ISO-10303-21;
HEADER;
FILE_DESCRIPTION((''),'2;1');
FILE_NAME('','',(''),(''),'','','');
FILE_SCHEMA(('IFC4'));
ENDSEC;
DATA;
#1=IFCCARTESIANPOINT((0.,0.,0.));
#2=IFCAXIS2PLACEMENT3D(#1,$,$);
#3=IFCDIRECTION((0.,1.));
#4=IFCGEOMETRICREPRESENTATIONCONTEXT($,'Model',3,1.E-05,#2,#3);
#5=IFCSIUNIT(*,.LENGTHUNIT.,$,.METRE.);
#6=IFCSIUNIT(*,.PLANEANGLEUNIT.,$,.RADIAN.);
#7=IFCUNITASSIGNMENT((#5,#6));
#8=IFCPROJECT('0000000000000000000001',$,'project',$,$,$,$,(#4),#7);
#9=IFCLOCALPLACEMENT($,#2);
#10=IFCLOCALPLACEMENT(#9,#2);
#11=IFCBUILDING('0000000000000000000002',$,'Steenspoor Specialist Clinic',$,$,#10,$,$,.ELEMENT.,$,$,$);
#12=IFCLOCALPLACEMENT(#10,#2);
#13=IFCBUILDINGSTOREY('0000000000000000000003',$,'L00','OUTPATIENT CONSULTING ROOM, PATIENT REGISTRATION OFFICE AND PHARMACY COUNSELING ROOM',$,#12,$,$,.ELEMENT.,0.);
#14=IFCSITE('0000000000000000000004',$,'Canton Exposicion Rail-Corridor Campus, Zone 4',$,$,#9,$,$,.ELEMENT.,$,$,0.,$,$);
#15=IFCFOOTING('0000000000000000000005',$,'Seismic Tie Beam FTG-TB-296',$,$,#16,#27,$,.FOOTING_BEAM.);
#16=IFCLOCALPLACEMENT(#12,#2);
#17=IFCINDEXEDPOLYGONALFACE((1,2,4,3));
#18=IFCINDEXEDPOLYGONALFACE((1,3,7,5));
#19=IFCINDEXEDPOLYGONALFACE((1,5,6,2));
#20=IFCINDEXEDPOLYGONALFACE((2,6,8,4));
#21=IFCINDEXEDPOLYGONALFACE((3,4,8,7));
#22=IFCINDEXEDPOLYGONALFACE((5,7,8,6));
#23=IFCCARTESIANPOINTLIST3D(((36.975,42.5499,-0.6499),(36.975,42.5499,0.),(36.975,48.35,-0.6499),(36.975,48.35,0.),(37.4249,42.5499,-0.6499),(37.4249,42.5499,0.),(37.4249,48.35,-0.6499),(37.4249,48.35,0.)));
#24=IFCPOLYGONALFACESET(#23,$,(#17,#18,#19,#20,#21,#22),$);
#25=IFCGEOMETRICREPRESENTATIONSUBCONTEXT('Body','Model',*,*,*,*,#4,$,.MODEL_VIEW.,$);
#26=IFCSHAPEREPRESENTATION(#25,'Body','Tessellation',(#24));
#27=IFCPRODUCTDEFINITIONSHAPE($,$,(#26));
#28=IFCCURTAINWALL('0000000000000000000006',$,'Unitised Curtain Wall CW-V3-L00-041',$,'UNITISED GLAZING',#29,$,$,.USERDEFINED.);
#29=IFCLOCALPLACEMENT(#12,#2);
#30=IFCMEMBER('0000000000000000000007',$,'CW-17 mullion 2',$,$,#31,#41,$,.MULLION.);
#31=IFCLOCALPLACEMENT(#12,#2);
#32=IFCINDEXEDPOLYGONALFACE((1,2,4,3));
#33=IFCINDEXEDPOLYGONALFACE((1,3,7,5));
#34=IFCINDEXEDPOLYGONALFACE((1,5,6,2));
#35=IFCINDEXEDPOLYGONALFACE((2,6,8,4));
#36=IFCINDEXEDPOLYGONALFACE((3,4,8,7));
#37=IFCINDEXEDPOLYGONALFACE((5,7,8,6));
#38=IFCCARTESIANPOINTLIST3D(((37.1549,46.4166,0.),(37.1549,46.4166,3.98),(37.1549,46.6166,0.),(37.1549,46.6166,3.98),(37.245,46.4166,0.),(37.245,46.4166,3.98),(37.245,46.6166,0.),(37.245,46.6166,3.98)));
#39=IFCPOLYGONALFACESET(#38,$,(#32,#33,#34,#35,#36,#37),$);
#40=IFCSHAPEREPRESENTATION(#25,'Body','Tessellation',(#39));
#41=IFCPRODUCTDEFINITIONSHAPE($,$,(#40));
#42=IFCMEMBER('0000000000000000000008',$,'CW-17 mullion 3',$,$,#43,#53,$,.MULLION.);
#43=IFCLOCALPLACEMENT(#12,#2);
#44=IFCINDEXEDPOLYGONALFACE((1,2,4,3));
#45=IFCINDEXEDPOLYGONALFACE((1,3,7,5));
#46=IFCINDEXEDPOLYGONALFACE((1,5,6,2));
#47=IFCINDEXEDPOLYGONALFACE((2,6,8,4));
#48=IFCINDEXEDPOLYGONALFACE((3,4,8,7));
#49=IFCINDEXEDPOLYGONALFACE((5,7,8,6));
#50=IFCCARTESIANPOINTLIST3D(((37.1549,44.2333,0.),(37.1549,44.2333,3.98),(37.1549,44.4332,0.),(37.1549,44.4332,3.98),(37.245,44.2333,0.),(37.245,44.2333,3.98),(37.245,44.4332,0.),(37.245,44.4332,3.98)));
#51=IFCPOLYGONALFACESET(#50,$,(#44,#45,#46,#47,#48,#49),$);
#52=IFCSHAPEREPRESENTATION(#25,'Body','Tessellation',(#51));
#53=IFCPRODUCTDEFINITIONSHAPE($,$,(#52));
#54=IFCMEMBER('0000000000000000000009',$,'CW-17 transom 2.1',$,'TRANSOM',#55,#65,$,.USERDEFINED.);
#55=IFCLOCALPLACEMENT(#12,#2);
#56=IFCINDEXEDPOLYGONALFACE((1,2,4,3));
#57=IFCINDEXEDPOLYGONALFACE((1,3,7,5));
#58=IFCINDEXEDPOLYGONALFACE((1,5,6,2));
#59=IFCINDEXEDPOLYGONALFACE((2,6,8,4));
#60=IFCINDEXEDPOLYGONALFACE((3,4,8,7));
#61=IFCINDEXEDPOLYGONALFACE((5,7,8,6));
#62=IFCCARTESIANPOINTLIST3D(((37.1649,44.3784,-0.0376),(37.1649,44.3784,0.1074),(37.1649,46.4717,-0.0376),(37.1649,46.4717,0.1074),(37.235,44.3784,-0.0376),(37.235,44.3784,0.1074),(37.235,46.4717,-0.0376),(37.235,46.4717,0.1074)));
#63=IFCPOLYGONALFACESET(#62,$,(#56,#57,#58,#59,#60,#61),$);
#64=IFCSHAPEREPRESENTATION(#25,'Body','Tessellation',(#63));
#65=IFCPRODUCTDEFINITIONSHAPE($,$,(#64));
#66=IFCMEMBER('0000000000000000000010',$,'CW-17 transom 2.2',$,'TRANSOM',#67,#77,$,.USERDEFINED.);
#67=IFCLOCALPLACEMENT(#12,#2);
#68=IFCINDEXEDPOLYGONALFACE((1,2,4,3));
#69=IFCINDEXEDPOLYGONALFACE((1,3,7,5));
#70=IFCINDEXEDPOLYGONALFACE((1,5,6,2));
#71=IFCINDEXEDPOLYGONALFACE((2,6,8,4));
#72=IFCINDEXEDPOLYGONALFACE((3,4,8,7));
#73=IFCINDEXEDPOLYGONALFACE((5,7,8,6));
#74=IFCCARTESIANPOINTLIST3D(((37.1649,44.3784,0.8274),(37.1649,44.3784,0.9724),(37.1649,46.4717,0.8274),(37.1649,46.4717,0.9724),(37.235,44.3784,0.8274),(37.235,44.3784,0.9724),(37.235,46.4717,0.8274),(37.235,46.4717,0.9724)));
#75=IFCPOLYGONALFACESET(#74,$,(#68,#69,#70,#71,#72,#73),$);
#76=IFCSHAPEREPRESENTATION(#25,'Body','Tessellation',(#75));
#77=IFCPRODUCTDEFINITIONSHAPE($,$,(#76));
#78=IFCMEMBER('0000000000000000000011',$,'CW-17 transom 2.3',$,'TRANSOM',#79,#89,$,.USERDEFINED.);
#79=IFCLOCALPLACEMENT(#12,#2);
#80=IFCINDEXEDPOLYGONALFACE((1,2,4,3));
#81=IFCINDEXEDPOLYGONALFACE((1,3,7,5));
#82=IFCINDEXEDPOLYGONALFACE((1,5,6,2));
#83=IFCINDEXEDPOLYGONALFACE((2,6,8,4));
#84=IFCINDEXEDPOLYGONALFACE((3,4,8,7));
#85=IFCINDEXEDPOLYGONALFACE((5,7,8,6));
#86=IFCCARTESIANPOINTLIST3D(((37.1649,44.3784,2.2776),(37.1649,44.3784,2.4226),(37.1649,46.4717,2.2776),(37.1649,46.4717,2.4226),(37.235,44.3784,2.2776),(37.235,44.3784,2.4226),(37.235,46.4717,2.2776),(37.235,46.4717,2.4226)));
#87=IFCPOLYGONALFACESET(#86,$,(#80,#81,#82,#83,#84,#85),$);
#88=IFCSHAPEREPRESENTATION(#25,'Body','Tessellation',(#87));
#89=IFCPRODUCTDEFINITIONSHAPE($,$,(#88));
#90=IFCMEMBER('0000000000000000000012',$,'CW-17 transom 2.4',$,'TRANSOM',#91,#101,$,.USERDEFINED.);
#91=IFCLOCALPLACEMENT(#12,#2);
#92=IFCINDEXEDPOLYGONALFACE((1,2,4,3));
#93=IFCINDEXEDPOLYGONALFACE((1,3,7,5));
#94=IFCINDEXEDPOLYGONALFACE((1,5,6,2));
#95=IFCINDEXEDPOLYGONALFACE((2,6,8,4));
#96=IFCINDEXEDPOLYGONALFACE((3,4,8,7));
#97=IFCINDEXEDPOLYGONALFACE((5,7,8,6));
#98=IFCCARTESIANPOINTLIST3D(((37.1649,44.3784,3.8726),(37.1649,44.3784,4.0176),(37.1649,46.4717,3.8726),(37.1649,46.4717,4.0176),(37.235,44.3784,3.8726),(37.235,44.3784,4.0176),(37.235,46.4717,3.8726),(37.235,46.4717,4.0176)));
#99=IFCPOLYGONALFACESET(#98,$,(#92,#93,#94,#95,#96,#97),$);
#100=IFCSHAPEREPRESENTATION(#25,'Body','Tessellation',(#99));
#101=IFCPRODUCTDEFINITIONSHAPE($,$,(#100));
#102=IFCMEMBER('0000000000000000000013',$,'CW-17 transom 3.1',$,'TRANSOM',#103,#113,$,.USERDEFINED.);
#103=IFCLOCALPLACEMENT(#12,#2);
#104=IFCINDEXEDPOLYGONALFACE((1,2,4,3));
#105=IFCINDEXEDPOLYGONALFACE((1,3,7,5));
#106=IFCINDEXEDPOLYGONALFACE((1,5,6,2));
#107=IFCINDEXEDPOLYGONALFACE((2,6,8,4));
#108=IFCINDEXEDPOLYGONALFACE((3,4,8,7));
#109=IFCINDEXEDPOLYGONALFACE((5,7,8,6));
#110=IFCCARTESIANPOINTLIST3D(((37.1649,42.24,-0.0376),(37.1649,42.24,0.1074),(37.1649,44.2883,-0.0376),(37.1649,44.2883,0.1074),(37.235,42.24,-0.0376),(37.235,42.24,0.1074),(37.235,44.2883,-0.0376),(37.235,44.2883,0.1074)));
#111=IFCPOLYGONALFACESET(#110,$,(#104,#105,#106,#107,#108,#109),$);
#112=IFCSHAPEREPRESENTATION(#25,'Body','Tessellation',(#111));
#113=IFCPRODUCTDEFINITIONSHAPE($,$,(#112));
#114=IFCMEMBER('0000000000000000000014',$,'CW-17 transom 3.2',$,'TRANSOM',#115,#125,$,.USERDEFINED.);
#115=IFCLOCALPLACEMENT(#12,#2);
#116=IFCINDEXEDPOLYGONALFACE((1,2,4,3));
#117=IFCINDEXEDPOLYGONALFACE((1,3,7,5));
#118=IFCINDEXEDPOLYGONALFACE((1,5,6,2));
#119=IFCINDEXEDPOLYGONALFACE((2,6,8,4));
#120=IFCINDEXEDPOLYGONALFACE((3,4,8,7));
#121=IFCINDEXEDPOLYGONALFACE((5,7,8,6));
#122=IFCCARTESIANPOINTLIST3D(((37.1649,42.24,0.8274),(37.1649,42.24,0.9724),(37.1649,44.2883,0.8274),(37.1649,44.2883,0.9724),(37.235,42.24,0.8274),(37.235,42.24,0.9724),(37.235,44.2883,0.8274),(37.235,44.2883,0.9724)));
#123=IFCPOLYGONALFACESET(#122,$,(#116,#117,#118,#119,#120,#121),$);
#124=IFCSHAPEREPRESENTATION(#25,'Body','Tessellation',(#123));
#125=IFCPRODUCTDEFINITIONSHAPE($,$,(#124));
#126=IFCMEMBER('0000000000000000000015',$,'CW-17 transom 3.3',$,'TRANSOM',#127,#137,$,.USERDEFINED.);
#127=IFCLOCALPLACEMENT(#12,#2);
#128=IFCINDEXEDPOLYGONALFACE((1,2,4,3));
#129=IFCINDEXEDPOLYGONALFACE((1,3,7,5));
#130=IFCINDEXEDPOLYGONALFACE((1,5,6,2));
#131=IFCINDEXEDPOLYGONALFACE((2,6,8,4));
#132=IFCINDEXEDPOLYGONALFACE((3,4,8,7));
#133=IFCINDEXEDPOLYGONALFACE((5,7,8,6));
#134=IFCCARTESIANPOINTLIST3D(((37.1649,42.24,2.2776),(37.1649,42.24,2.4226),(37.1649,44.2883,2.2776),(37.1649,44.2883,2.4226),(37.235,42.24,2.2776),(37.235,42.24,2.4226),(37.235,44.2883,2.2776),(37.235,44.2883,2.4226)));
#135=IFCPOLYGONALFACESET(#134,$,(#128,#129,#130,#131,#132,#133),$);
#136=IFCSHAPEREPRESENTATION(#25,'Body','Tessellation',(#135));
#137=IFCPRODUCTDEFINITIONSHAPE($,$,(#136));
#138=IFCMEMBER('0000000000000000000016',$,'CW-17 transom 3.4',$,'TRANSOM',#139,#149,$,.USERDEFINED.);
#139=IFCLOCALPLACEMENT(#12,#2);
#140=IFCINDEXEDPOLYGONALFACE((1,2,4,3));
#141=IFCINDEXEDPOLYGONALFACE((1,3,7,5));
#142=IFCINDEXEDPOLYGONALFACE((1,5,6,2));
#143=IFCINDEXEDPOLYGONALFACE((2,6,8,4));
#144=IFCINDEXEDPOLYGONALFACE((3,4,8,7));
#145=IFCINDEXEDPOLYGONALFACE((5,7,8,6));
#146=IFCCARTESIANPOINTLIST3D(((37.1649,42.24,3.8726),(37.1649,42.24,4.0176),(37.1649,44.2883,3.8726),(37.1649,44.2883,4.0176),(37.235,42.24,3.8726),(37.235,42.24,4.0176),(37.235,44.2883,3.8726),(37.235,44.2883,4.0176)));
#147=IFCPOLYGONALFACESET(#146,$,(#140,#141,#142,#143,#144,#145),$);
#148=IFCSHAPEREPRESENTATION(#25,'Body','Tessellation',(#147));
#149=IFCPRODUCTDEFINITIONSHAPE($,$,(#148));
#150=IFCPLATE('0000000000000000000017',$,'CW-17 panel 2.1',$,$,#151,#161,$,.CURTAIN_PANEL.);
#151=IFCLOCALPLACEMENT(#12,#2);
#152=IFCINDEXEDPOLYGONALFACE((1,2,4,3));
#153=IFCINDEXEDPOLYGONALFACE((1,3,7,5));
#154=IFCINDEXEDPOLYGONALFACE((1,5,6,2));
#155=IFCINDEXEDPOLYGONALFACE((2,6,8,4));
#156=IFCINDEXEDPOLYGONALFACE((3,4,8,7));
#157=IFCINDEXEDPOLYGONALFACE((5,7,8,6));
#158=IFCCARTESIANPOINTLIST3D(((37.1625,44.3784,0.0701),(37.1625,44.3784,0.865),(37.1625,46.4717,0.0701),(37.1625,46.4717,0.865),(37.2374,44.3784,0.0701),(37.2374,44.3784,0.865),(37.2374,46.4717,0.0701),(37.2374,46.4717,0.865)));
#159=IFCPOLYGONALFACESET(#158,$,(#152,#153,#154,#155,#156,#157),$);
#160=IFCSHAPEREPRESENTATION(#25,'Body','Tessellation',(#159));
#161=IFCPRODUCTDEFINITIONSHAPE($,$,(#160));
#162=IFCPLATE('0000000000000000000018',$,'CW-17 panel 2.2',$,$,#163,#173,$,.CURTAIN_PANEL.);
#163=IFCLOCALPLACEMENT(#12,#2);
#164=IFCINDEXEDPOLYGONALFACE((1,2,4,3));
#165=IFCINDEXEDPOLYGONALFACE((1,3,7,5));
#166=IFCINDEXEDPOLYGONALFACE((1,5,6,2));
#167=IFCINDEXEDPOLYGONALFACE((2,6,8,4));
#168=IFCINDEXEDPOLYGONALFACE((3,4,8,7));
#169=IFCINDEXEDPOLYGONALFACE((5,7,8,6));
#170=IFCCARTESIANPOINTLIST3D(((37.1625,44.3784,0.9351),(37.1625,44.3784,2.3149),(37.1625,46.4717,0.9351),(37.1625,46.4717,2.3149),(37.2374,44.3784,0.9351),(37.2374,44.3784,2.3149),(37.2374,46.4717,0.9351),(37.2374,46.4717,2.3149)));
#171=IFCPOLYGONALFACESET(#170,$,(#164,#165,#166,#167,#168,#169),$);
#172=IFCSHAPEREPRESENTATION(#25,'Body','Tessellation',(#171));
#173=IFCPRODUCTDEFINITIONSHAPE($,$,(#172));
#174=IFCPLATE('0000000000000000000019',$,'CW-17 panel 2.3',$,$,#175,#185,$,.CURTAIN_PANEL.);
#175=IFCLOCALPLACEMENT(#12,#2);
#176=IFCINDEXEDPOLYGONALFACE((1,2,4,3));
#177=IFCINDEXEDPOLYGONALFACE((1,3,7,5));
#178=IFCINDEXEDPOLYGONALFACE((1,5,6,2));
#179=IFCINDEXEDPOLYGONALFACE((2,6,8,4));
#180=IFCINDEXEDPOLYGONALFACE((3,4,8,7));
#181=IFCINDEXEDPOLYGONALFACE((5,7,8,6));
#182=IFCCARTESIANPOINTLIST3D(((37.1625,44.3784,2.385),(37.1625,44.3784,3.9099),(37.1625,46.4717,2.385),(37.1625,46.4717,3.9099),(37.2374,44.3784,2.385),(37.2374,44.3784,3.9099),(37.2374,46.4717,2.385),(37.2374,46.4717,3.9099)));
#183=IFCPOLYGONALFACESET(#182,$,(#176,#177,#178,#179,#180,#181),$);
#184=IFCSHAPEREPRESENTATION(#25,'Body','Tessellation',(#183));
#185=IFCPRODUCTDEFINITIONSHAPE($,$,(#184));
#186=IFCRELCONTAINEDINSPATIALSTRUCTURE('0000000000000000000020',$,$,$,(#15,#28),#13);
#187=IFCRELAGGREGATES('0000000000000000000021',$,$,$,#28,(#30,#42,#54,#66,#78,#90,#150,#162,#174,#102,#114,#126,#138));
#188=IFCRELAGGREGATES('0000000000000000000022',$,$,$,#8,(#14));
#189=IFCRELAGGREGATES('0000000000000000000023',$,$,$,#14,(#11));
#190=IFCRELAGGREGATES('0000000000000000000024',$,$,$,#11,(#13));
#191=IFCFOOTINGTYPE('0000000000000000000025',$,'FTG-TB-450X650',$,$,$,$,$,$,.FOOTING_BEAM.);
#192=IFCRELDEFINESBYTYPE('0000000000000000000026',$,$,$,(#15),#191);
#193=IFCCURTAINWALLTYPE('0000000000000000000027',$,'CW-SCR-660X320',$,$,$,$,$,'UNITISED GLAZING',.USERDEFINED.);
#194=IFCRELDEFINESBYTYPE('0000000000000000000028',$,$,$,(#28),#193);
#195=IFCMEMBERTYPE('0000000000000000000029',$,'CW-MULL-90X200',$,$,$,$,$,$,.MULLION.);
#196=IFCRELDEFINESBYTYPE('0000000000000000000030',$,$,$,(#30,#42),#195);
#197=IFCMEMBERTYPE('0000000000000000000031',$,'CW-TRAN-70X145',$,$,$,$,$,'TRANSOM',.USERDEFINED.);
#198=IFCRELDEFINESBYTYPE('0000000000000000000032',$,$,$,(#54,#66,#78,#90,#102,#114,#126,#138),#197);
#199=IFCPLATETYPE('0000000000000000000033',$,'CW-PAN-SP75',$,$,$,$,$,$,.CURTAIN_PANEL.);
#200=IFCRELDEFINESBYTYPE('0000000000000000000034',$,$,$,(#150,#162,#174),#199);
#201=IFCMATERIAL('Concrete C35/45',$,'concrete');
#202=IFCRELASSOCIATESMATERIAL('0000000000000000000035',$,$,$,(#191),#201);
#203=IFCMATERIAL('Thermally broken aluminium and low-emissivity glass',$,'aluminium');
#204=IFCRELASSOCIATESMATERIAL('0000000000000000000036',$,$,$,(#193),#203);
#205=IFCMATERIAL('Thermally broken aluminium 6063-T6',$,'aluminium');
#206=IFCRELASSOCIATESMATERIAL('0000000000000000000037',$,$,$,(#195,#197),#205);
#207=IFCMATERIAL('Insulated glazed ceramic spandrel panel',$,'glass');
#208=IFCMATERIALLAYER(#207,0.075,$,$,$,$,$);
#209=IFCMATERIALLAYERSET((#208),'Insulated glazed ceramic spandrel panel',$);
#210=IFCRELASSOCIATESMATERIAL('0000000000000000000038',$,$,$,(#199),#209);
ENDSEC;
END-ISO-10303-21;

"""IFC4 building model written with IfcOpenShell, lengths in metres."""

from ifc_helpers import new_model, si_unit, direction, frame, origin, origin_2d, place, context, subcontext, project, spatial, rectangle, extrude, material, layer, layer_set, material_profile, profile_set, type_object, element, aggregate, save


model = new_model("IFC4")

# Units and contexts
model_context = context("Model", 3, precision=1e-05, world=origin(), true_north=direction((0.0, 1.0)))
body_context = subcontext(model_context, "Body", "Model", "MODEL_VIEW")
ifc_project = project(units=[si_unit("LENGTHUNIT", "METRE"), si_unit("PLANEANGLEUNIT", "RADIAN")], contexts=[model_context])

# Site, building, storey
site_placement = place(None, origin())
site = spatial("IfcSite", under=ifc_project, at=site_placement, Name="Canton Exposicion Rail-Corridor Campus, Zone 4", CompositionType="ELEMENT", RefElevation=0.0)
building_placement = place(site_placement, origin())
building = spatial("IfcBuilding", under=site, at=building_placement, Name="Steenspoor Specialist Clinic", CompositionType="ELEMENT")
storey_placement = place(building_placement, origin())
storey = spatial("IfcBuildingStorey", under=building, at=storey_placement, Name="L00", Description="OUTPATIENT CONSULTING ROOM, PATIENT REGISTRATION OFFICE AND PHARMACY COUNSELING ROOM", CompositionType="ELEMENT", Elevation=0.0)

# Footing
ifc_material_1 = material(Name="Concrete C35/45", Category="concrete")
footing_type = type_object("IfcFootingType", Name="FTG-TB-450X650", PredefinedType="FOOTING_BEAM", material=ifc_material_1)
footing_placement = place(storey_placement, frame((37.2, 45.45, -0.6499), z_axis=(0.0, 0.0, 1.0), x_axis=(1.0, 0.0, 0.0)))
element("IfcFooting", 1, at=footing_placement, inside=storey, type_object=footing_type, Name="Seismic Tie Beam FTG-TB-296", PredefinedType="FOOTING_BEAM", context=body_context, shape_type="SweptSolid", body=[
    extrude(rectangle(XDim=0.45, YDim=5.8, at=origin_2d()), origin(), (0.0, 0.0, 1.0), 0.6499),
])

# Curtain wall, members, plates
ifc_material_2 = material(Name="Thermally broken aluminium and low-emissivity glass", Category="aluminium")
curtain_wall_type = type_object("IfcCurtainWallType", Name="CW-SCR-660X320", ElementType="UNITISED GLAZING", PredefinedType="USERDEFINED", material=ifc_material_2)
curtain_wall_placement = place(storey_placement, origin())
curtain_wall = element("IfcCurtainWall", 2, at=curtain_wall_placement, inside=storey, type_object=curtain_wall_type, Name="Unitised Curtain Wall CW-V3-L00-041", ObjectType="UNITISED GLAZING", PredefinedType="USERDEFINED")
ifc_material_3 = material(Name="Thermally broken aluminium 6063-T6", Category="aluminium")
ifc_material_profile_1 = material_profile(ifc_material_3, rectangle(XDim=0.0901, YDim=0.2, at=origin_2d()), Name="CWM-90X200")
ifc_profile_set_1 = profile_set([ifc_material_profile_1], Name="Thermally broken aluminium 6063-T6")
member_type_1 = type_object("IfcMemberType", Name="CW-MULL-90X200", PredefinedType="MULLION", material=ifc_profile_set_1)
member_1_placement = place(storey_placement, frame((37.2, 46.5166, 0.0), z_axis=(0.0, 0.0, 1.0), x_axis=(1.0, 0.0, 0.0)))
member_1 = element("IfcMember", 3, at=member_1_placement, type_object=member_type_1, Name="CW-17 mullion 2", PredefinedType="MULLION", context=body_context, shape_type="SweptSolid", body=[
    extrude(rectangle(XDim=0.0901, YDim=0.2, at=origin_2d()), origin(), (0.0, 0.0, 1.0), 3.98),
])
member_2_placement = place(storey_placement, frame((37.2, 44.3333, 0.0), z_axis=(0.0, 0.0, 1.0), x_axis=(1.0, 0.0, 0.0)))
member_2 = element("IfcMember", 4, at=member_2_placement, type_object=member_type_1, Name="CW-17 mullion 3", PredefinedType="MULLION", context=body_context, shape_type="SweptSolid", body=[
    extrude(rectangle(XDim=0.0901, YDim=0.2, at=origin_2d()), origin(), (0.0, 0.0, 1.0), 3.98),
])
ifc_material_profile_2 = material_profile(ifc_material_3, rectangle(XDim=0.0701, YDim=0.145, at=origin_2d()), Name="CWT-70X145")
ifc_profile_set_2 = profile_set([ifc_material_profile_2], Name="Thermally broken aluminium 6063-T6")
member_type_2 = type_object("IfcMemberType", Name="CW-TRAN-70X145", ElementType="TRANSOM", PredefinedType="USERDEFINED", material=ifc_profile_set_2)
member_3_placement = place(storey_placement, frame((37.2, 46.4717, 0.0349), z_axis=(0.0, -1.0, 0.0), x_axis=(1.0, 0.0, 0.0)))
member_3 = element("IfcMember", 5, at=member_3_placement, type_object=member_type_2, Name="CW-17 transom 2.1", ObjectType="TRANSOM", PredefinedType="USERDEFINED", context=body_context, shape_type="SweptSolid", body=[
    extrude(rectangle(XDim=0.0701, YDim=0.145, at=origin_2d()), origin(), (0.0, 0.0, 1.0), 2.0933),
])
member_4_placement = place(storey_placement, frame((37.2, 46.4717, 0.8999), z_axis=(0.0, -1.0, 0.0), x_axis=(1.0, 0.0, 0.0)))
member_4 = element("IfcMember", 6, at=member_4_placement, type_object=member_type_2, Name="CW-17 transom 2.2", ObjectType="TRANSOM", PredefinedType="USERDEFINED", context=body_context, shape_type="SweptSolid", body=[
    extrude(rectangle(XDim=0.0701, YDim=0.145, at=origin_2d()), origin(), (0.0, 0.0, 1.0), 2.0933),
])
member_5_placement = place(storey_placement, frame((37.2, 46.4717, 2.3501), z_axis=(0.0, -1.0, 0.0), x_axis=(1.0, 0.0, 0.0)))
member_5 = element("IfcMember", 7, at=member_5_placement, type_object=member_type_2, Name="CW-17 transom 2.3", ObjectType="TRANSOM", PredefinedType="USERDEFINED", context=body_context, shape_type="SweptSolid", body=[
    extrude(rectangle(XDim=0.0701, YDim=0.145, at=origin_2d()), origin(), (0.0, 0.0, 1.0), 2.0933),
])
member_6_placement = place(storey_placement, frame((37.2, 46.4717, 3.9451), z_axis=(0.0, -1.0, 0.0), x_axis=(1.0, 0.0, 0.0)))
member_6 = element("IfcMember", 8, at=member_6_placement, type_object=member_type_2, Name="CW-17 transom 2.4", ObjectType="TRANSOM", PredefinedType="USERDEFINED", context=body_context, shape_type="SweptSolid", body=[
    extrude(rectangle(XDim=0.0701, YDim=0.145, at=origin_2d()), origin(), (0.0, 0.0, 1.0), 2.0933),
])
member_7_placement = place(storey_placement, frame((37.2, 44.2883, 0.0349), z_axis=(0.0, -1.0, 0.0), x_axis=(1.0, 0.0, 0.0)))
member_7 = element("IfcMember", 9, at=member_7_placement, type_object=member_type_2, Name="CW-17 transom 3.1", ObjectType="TRANSOM", PredefinedType="USERDEFINED", context=body_context, shape_type="SweptSolid", body=[
    extrude(rectangle(XDim=0.0701, YDim=0.145, at=origin_2d()), origin(), (0.0, 0.0, 1.0), 2.0483),
])
member_8_placement = place(storey_placement, frame((37.2, 44.2883, 0.8999), z_axis=(0.0, -1.0, 0.0), x_axis=(1.0, 0.0, 0.0)))
member_8 = element("IfcMember", 10, at=member_8_placement, type_object=member_type_2, Name="CW-17 transom 3.2", ObjectType="TRANSOM", PredefinedType="USERDEFINED", context=body_context, shape_type="SweptSolid", body=[
    extrude(rectangle(XDim=0.0701, YDim=0.145, at=origin_2d()), origin(), (0.0, 0.0, 1.0), 2.0483),
])
member_9_placement = place(storey_placement, frame((37.2, 44.2883, 2.3501), z_axis=(0.0, -1.0, 0.0), x_axis=(1.0, 0.0, 0.0)))
member_9 = element("IfcMember", 11, at=member_9_placement, type_object=member_type_2, Name="CW-17 transom 3.3", ObjectType="TRANSOM", PredefinedType="USERDEFINED", context=body_context, shape_type="SweptSolid", body=[
    extrude(rectangle(XDim=0.0701, YDim=0.145, at=origin_2d()), origin(), (0.0, 0.0, 1.0), 2.0483),
])
member_10_placement = place(storey_placement, frame((37.2, 44.2883, 3.9451), z_axis=(0.0, -1.0, 0.0), x_axis=(1.0, 0.0, 0.0)))
member_10 = element("IfcMember", 12, at=member_10_placement, type_object=member_type_2, Name="CW-17 transom 3.4", ObjectType="TRANSOM", PredefinedType="USERDEFINED", context=body_context, shape_type="SweptSolid", body=[
    extrude(rectangle(XDim=0.0701, YDim=0.145, at=origin_2d()), origin(), (0.0, 0.0, 1.0), 2.0483),
])
ifc_material_4 = material(Name="Insulated glazed ceramic spandrel panel", Category="glass")
ifc_layer_1 = layer(ifc_material_4, 0.075)
ifc_layer_set_1 = layer_set([ifc_layer_1], Name="Insulated glazed ceramic spandrel panel")
plate_type = type_object("IfcPlateType", Name="CW-PAN-SP75", PredefinedType="CURTAIN_PANEL", material=ifc_layer_set_1)
plate_1_placement = place(storey_placement, frame((37.2, 45.425, 0.0701), z_axis=(0.0, 0.0, 1.0), x_axis=(0.0, -1.0, 0.0)))
plate_1 = element("IfcPlate", 13, at=plate_1_placement, type_object=plate_type, Name="CW-17 panel 2.1", PredefinedType="CURTAIN_PANEL", context=body_context, shape_type="SweptSolid", body=[
    extrude(rectangle(XDim=2.0933, YDim=0.075, at=origin_2d()), origin(), (0.0, 0.0, 1.0), 0.7949),
])
plate_2_placement = place(storey_placement, frame((37.2, 45.425, 0.9351), z_axis=(0.0, 0.0, 1.0), x_axis=(0.0, -1.0, 0.0)))
plate_2 = element("IfcPlate", 14, at=plate_2_placement, type_object=plate_type, Name="CW-17 panel 2.2", PredefinedType="CURTAIN_PANEL", context=body_context, shape_type="SweptSolid", body=[
    extrude(rectangle(XDim=2.0933, YDim=0.075, at=origin_2d()), origin(), (0.0, 0.0, 1.0), 1.3799),
])
plate_3_placement = place(storey_placement, frame((37.2, 45.425, 2.385), z_axis=(0.0, 0.0, 1.0), x_axis=(0.0, -1.0, 0.0)))
plate_3 = element("IfcPlate", 15, at=plate_3_placement, type_object=plate_type, Name="CW-17 panel 2.3", PredefinedType="CURTAIN_PANEL", context=body_context, shape_type="SweptSolid", body=[
    extrude(rectangle(XDim=2.0933, YDim=0.075, at=origin_2d()), origin(), (0.0, 0.0, 1.0), 1.5249),
])
aggregate(curtain_wall, [member_1, member_2, member_3, member_4, member_5, member_6, plate_1, plate_2, plate_3, member_7, member_8, member_9, member_10])

save(model, "model.ifc")
